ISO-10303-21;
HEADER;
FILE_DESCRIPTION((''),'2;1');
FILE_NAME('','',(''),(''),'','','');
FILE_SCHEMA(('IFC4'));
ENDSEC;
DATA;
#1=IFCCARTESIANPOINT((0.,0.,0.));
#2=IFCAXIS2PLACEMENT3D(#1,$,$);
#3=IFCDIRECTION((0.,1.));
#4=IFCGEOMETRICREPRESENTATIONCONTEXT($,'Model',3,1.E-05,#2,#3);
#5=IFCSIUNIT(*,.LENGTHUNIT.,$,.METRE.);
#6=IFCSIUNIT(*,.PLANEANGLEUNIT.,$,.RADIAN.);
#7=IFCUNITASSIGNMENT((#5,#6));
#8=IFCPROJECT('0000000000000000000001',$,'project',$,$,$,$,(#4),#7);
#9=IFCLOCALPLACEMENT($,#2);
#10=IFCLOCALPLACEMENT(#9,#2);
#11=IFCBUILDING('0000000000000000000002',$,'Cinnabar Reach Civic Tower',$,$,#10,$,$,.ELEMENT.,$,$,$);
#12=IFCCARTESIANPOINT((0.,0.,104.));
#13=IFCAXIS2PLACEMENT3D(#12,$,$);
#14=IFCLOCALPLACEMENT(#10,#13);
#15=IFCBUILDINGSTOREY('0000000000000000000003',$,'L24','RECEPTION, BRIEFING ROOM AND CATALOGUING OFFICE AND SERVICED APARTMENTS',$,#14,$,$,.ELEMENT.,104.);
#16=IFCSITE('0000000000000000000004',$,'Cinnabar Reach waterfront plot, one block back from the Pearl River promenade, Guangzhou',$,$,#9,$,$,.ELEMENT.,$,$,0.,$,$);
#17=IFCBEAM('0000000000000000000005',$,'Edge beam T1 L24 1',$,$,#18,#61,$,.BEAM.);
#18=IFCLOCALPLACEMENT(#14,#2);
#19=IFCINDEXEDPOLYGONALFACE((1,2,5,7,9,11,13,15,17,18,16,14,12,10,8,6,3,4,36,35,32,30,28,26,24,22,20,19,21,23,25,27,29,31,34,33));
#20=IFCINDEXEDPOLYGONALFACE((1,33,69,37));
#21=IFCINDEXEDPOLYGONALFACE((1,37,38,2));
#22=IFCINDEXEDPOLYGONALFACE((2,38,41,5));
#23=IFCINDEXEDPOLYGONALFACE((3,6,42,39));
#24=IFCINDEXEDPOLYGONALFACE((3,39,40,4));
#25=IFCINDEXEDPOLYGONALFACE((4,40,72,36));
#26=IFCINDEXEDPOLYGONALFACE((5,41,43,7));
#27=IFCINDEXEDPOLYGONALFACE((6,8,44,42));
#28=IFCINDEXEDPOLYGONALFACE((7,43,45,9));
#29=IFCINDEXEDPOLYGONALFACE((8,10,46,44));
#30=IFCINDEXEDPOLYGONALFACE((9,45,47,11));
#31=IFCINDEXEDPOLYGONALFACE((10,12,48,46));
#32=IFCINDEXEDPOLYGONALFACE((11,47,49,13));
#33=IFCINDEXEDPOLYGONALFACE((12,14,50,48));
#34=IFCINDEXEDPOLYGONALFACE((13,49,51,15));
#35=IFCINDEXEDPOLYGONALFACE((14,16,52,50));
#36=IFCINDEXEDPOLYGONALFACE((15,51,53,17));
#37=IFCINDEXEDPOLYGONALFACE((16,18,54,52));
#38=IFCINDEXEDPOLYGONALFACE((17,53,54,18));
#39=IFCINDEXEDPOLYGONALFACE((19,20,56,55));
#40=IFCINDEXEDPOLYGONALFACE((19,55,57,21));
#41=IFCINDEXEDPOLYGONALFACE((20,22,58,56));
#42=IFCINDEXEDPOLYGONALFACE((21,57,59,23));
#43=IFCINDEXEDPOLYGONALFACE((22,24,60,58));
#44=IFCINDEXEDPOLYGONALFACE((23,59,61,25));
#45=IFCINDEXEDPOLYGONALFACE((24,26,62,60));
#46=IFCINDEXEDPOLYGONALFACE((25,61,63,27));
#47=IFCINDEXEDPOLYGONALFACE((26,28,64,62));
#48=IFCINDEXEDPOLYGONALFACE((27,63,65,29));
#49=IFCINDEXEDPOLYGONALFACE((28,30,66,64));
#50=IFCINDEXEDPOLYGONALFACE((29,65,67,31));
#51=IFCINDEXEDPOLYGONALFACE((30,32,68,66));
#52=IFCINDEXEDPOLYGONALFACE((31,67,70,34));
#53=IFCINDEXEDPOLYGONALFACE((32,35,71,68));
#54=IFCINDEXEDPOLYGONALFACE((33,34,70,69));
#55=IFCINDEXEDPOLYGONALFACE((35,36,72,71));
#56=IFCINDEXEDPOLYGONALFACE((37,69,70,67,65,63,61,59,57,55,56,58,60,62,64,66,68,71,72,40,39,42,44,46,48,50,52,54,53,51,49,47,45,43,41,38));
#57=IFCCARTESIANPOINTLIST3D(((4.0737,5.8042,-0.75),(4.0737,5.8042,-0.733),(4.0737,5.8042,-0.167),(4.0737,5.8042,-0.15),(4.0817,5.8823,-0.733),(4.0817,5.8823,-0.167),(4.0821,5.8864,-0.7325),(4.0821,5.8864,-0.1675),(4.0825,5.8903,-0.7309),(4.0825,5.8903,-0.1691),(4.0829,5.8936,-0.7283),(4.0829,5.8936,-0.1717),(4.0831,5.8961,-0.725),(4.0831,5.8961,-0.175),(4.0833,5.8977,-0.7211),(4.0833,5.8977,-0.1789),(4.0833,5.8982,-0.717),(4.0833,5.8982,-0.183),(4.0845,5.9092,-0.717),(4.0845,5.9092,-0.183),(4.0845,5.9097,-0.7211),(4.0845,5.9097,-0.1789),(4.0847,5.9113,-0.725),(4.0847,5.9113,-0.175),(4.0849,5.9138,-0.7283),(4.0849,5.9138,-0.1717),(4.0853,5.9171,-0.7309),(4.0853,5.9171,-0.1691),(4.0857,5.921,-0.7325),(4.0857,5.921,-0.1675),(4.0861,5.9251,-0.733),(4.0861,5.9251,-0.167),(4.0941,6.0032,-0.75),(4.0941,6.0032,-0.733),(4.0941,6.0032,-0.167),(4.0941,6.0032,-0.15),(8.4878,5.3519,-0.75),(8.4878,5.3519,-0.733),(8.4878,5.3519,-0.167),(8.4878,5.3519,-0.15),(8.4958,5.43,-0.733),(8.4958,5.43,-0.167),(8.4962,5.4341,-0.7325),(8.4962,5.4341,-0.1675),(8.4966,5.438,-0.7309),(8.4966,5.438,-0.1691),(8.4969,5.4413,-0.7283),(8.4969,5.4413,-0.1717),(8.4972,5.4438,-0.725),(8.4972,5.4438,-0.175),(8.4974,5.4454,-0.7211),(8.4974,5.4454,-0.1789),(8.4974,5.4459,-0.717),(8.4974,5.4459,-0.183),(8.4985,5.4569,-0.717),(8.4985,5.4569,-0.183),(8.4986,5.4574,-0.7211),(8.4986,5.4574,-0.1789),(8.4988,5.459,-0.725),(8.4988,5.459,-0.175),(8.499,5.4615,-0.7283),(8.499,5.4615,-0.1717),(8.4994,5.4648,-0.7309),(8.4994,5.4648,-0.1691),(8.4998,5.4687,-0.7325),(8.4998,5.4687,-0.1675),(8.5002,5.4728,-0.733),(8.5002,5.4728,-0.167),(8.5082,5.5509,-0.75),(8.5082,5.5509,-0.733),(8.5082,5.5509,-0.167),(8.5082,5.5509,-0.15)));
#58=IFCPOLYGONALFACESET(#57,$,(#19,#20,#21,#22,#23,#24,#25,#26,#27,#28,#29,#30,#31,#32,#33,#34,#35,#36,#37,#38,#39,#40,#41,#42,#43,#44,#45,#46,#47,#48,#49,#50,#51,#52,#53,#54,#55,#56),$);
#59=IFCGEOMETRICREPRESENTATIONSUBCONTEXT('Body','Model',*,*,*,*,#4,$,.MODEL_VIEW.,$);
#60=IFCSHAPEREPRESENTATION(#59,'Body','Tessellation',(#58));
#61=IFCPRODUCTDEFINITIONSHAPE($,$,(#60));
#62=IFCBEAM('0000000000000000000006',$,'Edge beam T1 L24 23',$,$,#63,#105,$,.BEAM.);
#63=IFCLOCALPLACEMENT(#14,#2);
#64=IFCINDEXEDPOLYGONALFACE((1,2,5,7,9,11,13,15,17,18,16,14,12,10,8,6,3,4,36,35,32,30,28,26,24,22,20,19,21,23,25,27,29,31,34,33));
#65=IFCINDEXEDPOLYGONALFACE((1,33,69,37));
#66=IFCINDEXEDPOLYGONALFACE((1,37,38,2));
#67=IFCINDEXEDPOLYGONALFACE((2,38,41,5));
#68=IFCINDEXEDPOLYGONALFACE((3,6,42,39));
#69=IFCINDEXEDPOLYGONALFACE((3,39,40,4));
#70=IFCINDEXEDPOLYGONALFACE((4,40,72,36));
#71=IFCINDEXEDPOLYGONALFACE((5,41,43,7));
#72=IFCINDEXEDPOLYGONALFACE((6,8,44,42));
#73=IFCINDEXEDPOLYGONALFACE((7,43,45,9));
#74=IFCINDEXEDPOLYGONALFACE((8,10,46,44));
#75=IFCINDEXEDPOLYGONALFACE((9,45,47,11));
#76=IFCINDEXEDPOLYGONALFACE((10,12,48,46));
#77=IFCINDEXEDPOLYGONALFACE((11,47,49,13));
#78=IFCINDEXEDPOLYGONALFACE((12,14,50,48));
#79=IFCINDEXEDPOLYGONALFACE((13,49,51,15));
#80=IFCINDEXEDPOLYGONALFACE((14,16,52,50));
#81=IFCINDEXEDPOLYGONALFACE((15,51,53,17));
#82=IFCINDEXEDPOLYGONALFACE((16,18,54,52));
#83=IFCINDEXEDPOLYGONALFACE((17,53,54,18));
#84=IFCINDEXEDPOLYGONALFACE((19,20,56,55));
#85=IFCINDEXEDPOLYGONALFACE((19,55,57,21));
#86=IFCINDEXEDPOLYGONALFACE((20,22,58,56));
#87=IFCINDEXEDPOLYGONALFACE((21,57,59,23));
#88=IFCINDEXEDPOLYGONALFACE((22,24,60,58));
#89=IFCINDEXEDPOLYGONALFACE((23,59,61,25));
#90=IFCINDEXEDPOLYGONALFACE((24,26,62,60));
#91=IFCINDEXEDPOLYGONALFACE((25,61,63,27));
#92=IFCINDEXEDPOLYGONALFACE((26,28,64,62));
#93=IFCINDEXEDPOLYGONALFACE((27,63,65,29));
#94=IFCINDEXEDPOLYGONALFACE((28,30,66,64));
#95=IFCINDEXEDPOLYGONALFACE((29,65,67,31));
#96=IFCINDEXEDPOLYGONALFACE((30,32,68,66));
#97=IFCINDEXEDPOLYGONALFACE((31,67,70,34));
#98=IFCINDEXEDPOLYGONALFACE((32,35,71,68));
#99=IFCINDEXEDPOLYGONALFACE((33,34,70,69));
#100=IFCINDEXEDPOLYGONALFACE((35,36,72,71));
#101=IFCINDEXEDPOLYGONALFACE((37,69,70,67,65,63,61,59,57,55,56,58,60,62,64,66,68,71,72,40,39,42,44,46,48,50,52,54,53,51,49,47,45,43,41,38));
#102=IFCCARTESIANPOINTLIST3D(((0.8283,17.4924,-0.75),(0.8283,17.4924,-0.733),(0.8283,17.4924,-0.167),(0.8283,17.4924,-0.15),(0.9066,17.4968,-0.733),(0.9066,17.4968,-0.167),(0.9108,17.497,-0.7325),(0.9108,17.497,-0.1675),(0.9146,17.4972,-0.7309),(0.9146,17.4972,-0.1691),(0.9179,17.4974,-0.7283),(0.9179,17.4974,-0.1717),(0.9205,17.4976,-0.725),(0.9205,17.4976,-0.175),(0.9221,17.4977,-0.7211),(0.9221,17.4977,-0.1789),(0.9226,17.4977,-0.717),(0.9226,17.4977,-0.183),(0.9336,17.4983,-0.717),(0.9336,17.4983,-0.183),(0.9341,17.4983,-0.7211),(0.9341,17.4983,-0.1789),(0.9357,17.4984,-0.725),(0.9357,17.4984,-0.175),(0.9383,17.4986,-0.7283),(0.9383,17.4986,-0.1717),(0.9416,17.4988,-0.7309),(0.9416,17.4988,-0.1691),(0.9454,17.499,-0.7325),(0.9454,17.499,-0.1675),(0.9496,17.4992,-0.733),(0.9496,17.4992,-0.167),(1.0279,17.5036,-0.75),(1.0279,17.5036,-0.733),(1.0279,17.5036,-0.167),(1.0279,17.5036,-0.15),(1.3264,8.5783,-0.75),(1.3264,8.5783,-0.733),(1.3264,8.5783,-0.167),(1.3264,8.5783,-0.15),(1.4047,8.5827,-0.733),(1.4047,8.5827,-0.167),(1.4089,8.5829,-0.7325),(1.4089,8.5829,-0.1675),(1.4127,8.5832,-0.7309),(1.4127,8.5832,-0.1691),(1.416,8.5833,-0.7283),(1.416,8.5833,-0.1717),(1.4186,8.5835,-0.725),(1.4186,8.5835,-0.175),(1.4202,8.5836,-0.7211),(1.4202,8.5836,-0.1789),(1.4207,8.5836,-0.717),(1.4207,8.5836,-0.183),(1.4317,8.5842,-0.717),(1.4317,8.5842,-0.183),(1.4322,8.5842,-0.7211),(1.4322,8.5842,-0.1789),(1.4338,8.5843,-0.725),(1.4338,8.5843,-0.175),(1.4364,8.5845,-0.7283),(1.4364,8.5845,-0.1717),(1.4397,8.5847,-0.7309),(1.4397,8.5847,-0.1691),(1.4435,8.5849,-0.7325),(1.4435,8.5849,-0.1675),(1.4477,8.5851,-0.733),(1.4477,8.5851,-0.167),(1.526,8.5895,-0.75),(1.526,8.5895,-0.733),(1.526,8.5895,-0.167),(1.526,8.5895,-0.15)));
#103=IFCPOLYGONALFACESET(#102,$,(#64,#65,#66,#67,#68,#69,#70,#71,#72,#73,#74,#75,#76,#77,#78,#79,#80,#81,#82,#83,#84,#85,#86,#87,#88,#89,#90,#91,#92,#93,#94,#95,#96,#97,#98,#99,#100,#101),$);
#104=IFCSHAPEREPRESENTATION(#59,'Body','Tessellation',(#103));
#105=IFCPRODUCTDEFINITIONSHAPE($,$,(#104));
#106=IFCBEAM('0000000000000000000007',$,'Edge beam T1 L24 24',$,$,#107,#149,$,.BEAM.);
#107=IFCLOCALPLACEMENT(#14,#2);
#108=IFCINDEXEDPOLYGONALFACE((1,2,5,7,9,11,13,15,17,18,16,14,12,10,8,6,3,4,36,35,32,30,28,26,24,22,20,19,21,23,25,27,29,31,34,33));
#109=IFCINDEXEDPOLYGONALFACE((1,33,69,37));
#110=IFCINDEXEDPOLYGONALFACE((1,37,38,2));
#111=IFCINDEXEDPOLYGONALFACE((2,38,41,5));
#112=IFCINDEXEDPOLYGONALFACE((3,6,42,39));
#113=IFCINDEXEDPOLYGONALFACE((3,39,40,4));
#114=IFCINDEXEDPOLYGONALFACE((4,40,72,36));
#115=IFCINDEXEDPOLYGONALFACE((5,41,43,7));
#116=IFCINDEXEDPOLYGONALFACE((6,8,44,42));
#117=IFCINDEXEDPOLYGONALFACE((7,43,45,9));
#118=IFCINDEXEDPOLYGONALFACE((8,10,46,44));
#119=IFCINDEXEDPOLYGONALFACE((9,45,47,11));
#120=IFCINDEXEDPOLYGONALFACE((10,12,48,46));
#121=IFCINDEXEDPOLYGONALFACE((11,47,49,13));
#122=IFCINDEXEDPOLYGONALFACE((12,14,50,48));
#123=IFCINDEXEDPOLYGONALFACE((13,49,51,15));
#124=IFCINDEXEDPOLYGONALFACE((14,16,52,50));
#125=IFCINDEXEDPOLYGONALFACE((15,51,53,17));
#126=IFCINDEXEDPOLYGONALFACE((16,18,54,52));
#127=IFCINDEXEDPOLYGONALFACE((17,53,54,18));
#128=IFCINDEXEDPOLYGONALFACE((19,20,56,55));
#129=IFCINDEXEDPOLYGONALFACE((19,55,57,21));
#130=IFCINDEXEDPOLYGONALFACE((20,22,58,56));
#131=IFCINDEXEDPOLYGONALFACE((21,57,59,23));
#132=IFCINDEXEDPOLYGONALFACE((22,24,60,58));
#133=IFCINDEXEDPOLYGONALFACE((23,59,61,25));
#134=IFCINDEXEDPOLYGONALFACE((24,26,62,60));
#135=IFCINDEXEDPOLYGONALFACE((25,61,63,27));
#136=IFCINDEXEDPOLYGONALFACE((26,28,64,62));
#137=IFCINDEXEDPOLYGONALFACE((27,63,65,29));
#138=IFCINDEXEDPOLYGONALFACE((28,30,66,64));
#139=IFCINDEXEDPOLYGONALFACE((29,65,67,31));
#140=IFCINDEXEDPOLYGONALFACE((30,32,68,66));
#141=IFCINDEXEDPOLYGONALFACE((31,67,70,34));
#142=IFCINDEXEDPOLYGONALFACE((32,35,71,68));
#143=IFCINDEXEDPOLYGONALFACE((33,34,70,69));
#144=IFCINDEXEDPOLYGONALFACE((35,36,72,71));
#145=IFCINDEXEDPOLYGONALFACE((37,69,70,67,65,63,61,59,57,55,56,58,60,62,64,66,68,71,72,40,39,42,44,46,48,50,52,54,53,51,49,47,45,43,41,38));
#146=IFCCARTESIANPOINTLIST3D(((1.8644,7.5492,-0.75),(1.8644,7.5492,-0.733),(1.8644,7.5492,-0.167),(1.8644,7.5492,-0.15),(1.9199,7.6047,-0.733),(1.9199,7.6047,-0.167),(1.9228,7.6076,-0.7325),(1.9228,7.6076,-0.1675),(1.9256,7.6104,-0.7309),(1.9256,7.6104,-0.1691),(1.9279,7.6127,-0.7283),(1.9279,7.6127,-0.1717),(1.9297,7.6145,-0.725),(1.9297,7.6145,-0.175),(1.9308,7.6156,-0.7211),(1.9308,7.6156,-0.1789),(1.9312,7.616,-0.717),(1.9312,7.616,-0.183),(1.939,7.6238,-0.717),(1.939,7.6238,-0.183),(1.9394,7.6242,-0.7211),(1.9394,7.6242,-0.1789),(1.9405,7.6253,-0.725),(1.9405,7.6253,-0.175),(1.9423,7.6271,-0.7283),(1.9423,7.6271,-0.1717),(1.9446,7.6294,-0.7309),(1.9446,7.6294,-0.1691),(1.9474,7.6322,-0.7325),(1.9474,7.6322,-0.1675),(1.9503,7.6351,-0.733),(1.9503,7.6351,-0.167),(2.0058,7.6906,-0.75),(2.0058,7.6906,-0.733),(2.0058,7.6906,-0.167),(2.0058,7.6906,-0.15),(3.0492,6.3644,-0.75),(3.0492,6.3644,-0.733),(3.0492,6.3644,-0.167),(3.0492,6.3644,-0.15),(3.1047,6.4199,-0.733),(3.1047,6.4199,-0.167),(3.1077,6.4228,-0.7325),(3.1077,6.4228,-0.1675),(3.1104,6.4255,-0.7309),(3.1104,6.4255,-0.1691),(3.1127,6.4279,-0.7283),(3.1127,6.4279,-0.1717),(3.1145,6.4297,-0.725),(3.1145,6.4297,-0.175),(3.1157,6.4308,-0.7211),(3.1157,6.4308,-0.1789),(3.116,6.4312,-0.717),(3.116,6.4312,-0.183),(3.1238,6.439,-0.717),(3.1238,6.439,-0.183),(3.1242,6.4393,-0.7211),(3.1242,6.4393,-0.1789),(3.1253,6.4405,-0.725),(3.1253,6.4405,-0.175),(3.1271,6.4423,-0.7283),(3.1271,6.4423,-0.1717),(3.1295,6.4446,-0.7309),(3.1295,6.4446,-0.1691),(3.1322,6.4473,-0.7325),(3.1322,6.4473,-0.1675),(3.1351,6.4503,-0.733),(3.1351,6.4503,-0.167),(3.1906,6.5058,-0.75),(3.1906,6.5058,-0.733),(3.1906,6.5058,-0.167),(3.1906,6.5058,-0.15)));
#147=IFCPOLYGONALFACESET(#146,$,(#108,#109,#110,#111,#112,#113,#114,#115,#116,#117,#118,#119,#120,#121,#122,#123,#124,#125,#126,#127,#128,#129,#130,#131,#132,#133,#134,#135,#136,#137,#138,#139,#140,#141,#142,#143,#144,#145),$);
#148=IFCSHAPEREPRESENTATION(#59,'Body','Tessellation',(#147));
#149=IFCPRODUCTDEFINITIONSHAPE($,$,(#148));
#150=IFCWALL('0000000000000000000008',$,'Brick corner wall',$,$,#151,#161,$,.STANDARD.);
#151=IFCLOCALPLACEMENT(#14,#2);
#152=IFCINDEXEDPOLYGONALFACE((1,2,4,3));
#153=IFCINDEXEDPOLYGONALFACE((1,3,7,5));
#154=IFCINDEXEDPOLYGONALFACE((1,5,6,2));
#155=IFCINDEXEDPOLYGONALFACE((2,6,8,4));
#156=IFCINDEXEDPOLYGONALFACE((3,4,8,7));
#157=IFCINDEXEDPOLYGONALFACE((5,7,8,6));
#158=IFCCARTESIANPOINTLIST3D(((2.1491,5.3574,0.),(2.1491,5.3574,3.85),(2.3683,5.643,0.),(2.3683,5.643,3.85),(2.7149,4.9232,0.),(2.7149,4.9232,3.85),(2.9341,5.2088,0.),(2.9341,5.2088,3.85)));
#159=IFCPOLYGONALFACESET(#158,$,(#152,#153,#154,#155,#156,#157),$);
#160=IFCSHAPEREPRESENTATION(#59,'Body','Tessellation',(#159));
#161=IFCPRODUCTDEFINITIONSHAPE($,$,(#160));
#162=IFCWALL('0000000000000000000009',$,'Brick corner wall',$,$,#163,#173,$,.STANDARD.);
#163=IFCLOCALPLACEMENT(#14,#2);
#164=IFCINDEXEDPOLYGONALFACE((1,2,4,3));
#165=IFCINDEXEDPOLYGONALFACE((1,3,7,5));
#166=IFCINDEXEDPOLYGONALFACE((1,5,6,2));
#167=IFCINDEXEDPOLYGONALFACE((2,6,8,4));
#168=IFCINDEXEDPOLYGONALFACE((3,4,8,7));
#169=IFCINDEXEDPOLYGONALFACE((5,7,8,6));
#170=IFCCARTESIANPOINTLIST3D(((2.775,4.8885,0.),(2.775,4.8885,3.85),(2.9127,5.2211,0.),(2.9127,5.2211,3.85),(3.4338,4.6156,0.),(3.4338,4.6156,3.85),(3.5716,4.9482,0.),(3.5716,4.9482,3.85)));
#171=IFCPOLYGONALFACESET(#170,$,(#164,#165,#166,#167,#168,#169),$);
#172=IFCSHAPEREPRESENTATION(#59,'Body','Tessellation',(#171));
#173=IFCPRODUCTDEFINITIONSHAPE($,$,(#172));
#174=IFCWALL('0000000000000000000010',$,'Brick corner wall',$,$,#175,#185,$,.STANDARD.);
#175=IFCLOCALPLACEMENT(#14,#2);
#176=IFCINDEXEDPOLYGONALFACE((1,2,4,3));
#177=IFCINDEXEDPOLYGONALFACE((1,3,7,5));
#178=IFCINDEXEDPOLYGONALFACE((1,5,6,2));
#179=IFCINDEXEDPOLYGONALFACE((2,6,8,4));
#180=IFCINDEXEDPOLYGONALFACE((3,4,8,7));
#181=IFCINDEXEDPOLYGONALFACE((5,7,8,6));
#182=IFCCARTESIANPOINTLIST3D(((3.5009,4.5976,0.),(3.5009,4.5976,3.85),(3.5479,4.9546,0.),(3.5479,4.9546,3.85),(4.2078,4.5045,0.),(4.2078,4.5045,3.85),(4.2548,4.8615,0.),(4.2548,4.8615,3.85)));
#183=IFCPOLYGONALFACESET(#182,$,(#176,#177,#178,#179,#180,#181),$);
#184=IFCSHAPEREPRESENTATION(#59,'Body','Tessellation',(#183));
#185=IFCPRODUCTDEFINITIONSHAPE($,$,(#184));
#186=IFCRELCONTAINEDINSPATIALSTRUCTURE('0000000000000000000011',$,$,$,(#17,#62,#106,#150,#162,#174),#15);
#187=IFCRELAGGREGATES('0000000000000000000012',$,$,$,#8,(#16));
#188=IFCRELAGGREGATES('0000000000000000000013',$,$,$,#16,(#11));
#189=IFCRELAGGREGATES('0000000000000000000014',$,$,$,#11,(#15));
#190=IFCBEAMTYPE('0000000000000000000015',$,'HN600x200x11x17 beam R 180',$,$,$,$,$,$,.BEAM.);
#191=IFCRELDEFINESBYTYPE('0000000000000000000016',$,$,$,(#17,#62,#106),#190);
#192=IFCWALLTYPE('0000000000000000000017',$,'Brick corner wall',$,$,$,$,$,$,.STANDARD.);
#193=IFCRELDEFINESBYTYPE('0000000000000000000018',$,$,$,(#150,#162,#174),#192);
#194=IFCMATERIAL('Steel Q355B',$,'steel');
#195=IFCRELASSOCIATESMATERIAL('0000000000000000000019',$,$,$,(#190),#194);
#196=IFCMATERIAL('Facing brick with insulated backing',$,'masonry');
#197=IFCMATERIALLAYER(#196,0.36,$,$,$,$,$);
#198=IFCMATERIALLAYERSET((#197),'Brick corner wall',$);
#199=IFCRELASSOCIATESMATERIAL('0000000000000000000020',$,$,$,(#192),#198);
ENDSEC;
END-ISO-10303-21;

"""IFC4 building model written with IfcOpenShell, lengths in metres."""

from ifc_helpers import new_model, si_unit, direction, frame, frame_2d, origin, origin_2d, place, context, subcontext, project, spatial, rectangle, i_section, extrude, material, layer, layer_set, material_profile, profile_set, type_object, element, save


model = new_model("IFC4")

# Units and contexts
model_context = context("Model", 3, precision=1e-05, world=origin(), true_north=direction((0.0, 1.0)))
body_context = subcontext(model_context, "Body", "Model", "MODEL_VIEW")
ifc_project = project(units=[si_unit("LENGTHUNIT", "METRE"), si_unit("PLANEANGLEUNIT", "RADIAN")], contexts=[model_context])

# Site, building, storey
site_placement = place(None, origin())
site = spatial("IfcSite", under=ifc_project, at=site_placement, Name="Cinnabar Reach waterfront plot, one block back from the Pearl River promenade, Guangzhou", CompositionType="ELEMENT", RefElevation=0.0)
building_placement = place(site_placement, origin())
building = spatial("IfcBuilding", under=site, at=building_placement, Name="Cinnabar Reach Civic Tower", CompositionType="ELEMENT")
storey_placement = place(building_placement, frame((0.0, 0.0, 104.0)))
storey = spatial("IfcBuildingStorey", under=building, at=storey_placement, Name="L24", Description="RECEPTION, BRIEFING ROOM AND CATALOGUING OFFICE AND SERVICED APARTMENTS", CompositionType="ELEMENT", Elevation=104.0)

# Beams
ifc_material_1 = material(Name="Steel Q355B", Category="steel")
ifc_material_profile_1 = material_profile(ifc_material_1, i_section(OverallWidth=0.2, OverallDepth=0.6, WebThickness=0.011, FlangeThickness=0.017, FilletRadius=0.016, at=origin_2d()), Name="HN600x200x11x17")
ifc_profile_set_1 = profile_set([ifc_material_profile_1], Name="Steel Q355B")
beam_type_1 = type_object("IfcBeamType", Name="HN600x200x11x17 beam R 180", PredefinedType="BEAM", material=ifc_profile_set_1)
beam_1_placement = place(storey_placement, frame((4.0839, 5.9037, -0.45), z_axis=(0.994791, -0.101933, 0.0), x_axis=(0.101933, 0.994791, 0.0)))
element("IfcBeam", 1, at=beam_1_placement, inside=storey, type_object=beam_type_1, Name="Edge beam T1 L24 1", PredefinedType="BEAM", context=body_context, shape_type="SweptSolid", body=[
    extrude(i_section(OverallWidth=0.2, OverallDepth=0.6, WebThickness=0.011, FlangeThickness=0.017, FilletRadius=0.016, at=origin_2d()), origin(), (0.0, 0.0, 1.0), 4.4372),
])
beam_2_placement = place(storey_placement, frame((0.9281, 17.498, -0.45), z_axis=(0.055791, -0.998442, 0.0), x_axis=(0.998442, 0.055791, 0.0)))
element("IfcBeam", 2, at=beam_2_placement, inside=storey, type_object=beam_type_1, Name="Edge beam T1 L24 23", PredefinedType="BEAM", context=body_context, shape_type="SweptSolid", body=[
    extrude(i_section(OverallWidth=0.2, OverallDepth=0.6, WebThickness=0.011, FlangeThickness=0.017, FilletRadius=0.016, at=origin_2d()), origin(), (0.0, 0.0, 1.0), 8.928),
])
beam_3_placement = place(storey_placement, frame((1.9351, 7.6199, -0.45), z_axis=(0.707107, -0.707107, 0.0), x_axis=(0.707107, 0.707107, 0.0)))
element("IfcBeam", 3, at=beam_3_placement, inside=storey, type_object=beam_type_1, Name="Edge beam T1 L24 24", PredefinedType="BEAM", context=body_context, shape_type="SweptSolid", body=[
    extrude(i_section(OverallWidth=0.2, OverallDepth=0.6, WebThickness=0.011, FlangeThickness=0.017, FilletRadius=0.016, at=origin_2d()), origin(), (0.0, 0.0, 1.0), 1.6756),
])

# Walls
ifc_material_2 = material(Name="Facing brick with insulated backing", Category="masonry")
ifc_layer_1 = layer(ifc_material_2, 0.36)
ifc_layer_set_1 = layer_set([ifc_layer_1], Name="Brick corner wall")
wall_type_1 = type_object("IfcWallType", Name="Brick corner wall", PredefinedType="STANDARD", material=ifc_layer_set_1)
wall_1_placement = place(storey_placement, frame((2.2587, 5.5002, 0.0), z_axis=(0.0, 0.0, 1.0), x_axis=(0.793322, -0.608802, 0.0)))
element("IfcWall", 4, at=wall_1_placement, inside=storey, type_object=wall_type_1, Name="Brick corner wall", PredefinedType="STANDARD", context=body_context, shape_type="SweptSolid", body=[
    extrude(rectangle(XDim=0.7132, YDim=0.36, at=frame_2d((0.3566, 0.0))), origin(), (0.0, 0.0, 1.0), 3.85),
])
for number, where, z_axis, x_axis, name in (
    (5, (2.8439, 5.0548, 0.0), (0.0, 0.0, 1.0), (0.923872, -0.382703, 0.0), "Brick corner wall"),
    (6, (3.5244, 4.7761, 0.0), (0.0, 0.0, 1.0), (0.991441, -0.130556, 0.0), "Brick corner wall"),
):
    element("IfcWall", number, at=place(storey_placement, frame(where, z_axis=z_axis, x_axis=x_axis)), inside=storey, type_object=wall_type_1, Name=name, PredefinedType="STANDARD", context=body_context, shape_type="SweptSolid", body=[
        extrude(rectangle(XDim=0.7131, YDim=0.36, at=frame_2d((0.3565, 0.0))), origin(), (0.0, 0.0, 1.0), 3.85),
    ])

save(model, "model.ifc")
